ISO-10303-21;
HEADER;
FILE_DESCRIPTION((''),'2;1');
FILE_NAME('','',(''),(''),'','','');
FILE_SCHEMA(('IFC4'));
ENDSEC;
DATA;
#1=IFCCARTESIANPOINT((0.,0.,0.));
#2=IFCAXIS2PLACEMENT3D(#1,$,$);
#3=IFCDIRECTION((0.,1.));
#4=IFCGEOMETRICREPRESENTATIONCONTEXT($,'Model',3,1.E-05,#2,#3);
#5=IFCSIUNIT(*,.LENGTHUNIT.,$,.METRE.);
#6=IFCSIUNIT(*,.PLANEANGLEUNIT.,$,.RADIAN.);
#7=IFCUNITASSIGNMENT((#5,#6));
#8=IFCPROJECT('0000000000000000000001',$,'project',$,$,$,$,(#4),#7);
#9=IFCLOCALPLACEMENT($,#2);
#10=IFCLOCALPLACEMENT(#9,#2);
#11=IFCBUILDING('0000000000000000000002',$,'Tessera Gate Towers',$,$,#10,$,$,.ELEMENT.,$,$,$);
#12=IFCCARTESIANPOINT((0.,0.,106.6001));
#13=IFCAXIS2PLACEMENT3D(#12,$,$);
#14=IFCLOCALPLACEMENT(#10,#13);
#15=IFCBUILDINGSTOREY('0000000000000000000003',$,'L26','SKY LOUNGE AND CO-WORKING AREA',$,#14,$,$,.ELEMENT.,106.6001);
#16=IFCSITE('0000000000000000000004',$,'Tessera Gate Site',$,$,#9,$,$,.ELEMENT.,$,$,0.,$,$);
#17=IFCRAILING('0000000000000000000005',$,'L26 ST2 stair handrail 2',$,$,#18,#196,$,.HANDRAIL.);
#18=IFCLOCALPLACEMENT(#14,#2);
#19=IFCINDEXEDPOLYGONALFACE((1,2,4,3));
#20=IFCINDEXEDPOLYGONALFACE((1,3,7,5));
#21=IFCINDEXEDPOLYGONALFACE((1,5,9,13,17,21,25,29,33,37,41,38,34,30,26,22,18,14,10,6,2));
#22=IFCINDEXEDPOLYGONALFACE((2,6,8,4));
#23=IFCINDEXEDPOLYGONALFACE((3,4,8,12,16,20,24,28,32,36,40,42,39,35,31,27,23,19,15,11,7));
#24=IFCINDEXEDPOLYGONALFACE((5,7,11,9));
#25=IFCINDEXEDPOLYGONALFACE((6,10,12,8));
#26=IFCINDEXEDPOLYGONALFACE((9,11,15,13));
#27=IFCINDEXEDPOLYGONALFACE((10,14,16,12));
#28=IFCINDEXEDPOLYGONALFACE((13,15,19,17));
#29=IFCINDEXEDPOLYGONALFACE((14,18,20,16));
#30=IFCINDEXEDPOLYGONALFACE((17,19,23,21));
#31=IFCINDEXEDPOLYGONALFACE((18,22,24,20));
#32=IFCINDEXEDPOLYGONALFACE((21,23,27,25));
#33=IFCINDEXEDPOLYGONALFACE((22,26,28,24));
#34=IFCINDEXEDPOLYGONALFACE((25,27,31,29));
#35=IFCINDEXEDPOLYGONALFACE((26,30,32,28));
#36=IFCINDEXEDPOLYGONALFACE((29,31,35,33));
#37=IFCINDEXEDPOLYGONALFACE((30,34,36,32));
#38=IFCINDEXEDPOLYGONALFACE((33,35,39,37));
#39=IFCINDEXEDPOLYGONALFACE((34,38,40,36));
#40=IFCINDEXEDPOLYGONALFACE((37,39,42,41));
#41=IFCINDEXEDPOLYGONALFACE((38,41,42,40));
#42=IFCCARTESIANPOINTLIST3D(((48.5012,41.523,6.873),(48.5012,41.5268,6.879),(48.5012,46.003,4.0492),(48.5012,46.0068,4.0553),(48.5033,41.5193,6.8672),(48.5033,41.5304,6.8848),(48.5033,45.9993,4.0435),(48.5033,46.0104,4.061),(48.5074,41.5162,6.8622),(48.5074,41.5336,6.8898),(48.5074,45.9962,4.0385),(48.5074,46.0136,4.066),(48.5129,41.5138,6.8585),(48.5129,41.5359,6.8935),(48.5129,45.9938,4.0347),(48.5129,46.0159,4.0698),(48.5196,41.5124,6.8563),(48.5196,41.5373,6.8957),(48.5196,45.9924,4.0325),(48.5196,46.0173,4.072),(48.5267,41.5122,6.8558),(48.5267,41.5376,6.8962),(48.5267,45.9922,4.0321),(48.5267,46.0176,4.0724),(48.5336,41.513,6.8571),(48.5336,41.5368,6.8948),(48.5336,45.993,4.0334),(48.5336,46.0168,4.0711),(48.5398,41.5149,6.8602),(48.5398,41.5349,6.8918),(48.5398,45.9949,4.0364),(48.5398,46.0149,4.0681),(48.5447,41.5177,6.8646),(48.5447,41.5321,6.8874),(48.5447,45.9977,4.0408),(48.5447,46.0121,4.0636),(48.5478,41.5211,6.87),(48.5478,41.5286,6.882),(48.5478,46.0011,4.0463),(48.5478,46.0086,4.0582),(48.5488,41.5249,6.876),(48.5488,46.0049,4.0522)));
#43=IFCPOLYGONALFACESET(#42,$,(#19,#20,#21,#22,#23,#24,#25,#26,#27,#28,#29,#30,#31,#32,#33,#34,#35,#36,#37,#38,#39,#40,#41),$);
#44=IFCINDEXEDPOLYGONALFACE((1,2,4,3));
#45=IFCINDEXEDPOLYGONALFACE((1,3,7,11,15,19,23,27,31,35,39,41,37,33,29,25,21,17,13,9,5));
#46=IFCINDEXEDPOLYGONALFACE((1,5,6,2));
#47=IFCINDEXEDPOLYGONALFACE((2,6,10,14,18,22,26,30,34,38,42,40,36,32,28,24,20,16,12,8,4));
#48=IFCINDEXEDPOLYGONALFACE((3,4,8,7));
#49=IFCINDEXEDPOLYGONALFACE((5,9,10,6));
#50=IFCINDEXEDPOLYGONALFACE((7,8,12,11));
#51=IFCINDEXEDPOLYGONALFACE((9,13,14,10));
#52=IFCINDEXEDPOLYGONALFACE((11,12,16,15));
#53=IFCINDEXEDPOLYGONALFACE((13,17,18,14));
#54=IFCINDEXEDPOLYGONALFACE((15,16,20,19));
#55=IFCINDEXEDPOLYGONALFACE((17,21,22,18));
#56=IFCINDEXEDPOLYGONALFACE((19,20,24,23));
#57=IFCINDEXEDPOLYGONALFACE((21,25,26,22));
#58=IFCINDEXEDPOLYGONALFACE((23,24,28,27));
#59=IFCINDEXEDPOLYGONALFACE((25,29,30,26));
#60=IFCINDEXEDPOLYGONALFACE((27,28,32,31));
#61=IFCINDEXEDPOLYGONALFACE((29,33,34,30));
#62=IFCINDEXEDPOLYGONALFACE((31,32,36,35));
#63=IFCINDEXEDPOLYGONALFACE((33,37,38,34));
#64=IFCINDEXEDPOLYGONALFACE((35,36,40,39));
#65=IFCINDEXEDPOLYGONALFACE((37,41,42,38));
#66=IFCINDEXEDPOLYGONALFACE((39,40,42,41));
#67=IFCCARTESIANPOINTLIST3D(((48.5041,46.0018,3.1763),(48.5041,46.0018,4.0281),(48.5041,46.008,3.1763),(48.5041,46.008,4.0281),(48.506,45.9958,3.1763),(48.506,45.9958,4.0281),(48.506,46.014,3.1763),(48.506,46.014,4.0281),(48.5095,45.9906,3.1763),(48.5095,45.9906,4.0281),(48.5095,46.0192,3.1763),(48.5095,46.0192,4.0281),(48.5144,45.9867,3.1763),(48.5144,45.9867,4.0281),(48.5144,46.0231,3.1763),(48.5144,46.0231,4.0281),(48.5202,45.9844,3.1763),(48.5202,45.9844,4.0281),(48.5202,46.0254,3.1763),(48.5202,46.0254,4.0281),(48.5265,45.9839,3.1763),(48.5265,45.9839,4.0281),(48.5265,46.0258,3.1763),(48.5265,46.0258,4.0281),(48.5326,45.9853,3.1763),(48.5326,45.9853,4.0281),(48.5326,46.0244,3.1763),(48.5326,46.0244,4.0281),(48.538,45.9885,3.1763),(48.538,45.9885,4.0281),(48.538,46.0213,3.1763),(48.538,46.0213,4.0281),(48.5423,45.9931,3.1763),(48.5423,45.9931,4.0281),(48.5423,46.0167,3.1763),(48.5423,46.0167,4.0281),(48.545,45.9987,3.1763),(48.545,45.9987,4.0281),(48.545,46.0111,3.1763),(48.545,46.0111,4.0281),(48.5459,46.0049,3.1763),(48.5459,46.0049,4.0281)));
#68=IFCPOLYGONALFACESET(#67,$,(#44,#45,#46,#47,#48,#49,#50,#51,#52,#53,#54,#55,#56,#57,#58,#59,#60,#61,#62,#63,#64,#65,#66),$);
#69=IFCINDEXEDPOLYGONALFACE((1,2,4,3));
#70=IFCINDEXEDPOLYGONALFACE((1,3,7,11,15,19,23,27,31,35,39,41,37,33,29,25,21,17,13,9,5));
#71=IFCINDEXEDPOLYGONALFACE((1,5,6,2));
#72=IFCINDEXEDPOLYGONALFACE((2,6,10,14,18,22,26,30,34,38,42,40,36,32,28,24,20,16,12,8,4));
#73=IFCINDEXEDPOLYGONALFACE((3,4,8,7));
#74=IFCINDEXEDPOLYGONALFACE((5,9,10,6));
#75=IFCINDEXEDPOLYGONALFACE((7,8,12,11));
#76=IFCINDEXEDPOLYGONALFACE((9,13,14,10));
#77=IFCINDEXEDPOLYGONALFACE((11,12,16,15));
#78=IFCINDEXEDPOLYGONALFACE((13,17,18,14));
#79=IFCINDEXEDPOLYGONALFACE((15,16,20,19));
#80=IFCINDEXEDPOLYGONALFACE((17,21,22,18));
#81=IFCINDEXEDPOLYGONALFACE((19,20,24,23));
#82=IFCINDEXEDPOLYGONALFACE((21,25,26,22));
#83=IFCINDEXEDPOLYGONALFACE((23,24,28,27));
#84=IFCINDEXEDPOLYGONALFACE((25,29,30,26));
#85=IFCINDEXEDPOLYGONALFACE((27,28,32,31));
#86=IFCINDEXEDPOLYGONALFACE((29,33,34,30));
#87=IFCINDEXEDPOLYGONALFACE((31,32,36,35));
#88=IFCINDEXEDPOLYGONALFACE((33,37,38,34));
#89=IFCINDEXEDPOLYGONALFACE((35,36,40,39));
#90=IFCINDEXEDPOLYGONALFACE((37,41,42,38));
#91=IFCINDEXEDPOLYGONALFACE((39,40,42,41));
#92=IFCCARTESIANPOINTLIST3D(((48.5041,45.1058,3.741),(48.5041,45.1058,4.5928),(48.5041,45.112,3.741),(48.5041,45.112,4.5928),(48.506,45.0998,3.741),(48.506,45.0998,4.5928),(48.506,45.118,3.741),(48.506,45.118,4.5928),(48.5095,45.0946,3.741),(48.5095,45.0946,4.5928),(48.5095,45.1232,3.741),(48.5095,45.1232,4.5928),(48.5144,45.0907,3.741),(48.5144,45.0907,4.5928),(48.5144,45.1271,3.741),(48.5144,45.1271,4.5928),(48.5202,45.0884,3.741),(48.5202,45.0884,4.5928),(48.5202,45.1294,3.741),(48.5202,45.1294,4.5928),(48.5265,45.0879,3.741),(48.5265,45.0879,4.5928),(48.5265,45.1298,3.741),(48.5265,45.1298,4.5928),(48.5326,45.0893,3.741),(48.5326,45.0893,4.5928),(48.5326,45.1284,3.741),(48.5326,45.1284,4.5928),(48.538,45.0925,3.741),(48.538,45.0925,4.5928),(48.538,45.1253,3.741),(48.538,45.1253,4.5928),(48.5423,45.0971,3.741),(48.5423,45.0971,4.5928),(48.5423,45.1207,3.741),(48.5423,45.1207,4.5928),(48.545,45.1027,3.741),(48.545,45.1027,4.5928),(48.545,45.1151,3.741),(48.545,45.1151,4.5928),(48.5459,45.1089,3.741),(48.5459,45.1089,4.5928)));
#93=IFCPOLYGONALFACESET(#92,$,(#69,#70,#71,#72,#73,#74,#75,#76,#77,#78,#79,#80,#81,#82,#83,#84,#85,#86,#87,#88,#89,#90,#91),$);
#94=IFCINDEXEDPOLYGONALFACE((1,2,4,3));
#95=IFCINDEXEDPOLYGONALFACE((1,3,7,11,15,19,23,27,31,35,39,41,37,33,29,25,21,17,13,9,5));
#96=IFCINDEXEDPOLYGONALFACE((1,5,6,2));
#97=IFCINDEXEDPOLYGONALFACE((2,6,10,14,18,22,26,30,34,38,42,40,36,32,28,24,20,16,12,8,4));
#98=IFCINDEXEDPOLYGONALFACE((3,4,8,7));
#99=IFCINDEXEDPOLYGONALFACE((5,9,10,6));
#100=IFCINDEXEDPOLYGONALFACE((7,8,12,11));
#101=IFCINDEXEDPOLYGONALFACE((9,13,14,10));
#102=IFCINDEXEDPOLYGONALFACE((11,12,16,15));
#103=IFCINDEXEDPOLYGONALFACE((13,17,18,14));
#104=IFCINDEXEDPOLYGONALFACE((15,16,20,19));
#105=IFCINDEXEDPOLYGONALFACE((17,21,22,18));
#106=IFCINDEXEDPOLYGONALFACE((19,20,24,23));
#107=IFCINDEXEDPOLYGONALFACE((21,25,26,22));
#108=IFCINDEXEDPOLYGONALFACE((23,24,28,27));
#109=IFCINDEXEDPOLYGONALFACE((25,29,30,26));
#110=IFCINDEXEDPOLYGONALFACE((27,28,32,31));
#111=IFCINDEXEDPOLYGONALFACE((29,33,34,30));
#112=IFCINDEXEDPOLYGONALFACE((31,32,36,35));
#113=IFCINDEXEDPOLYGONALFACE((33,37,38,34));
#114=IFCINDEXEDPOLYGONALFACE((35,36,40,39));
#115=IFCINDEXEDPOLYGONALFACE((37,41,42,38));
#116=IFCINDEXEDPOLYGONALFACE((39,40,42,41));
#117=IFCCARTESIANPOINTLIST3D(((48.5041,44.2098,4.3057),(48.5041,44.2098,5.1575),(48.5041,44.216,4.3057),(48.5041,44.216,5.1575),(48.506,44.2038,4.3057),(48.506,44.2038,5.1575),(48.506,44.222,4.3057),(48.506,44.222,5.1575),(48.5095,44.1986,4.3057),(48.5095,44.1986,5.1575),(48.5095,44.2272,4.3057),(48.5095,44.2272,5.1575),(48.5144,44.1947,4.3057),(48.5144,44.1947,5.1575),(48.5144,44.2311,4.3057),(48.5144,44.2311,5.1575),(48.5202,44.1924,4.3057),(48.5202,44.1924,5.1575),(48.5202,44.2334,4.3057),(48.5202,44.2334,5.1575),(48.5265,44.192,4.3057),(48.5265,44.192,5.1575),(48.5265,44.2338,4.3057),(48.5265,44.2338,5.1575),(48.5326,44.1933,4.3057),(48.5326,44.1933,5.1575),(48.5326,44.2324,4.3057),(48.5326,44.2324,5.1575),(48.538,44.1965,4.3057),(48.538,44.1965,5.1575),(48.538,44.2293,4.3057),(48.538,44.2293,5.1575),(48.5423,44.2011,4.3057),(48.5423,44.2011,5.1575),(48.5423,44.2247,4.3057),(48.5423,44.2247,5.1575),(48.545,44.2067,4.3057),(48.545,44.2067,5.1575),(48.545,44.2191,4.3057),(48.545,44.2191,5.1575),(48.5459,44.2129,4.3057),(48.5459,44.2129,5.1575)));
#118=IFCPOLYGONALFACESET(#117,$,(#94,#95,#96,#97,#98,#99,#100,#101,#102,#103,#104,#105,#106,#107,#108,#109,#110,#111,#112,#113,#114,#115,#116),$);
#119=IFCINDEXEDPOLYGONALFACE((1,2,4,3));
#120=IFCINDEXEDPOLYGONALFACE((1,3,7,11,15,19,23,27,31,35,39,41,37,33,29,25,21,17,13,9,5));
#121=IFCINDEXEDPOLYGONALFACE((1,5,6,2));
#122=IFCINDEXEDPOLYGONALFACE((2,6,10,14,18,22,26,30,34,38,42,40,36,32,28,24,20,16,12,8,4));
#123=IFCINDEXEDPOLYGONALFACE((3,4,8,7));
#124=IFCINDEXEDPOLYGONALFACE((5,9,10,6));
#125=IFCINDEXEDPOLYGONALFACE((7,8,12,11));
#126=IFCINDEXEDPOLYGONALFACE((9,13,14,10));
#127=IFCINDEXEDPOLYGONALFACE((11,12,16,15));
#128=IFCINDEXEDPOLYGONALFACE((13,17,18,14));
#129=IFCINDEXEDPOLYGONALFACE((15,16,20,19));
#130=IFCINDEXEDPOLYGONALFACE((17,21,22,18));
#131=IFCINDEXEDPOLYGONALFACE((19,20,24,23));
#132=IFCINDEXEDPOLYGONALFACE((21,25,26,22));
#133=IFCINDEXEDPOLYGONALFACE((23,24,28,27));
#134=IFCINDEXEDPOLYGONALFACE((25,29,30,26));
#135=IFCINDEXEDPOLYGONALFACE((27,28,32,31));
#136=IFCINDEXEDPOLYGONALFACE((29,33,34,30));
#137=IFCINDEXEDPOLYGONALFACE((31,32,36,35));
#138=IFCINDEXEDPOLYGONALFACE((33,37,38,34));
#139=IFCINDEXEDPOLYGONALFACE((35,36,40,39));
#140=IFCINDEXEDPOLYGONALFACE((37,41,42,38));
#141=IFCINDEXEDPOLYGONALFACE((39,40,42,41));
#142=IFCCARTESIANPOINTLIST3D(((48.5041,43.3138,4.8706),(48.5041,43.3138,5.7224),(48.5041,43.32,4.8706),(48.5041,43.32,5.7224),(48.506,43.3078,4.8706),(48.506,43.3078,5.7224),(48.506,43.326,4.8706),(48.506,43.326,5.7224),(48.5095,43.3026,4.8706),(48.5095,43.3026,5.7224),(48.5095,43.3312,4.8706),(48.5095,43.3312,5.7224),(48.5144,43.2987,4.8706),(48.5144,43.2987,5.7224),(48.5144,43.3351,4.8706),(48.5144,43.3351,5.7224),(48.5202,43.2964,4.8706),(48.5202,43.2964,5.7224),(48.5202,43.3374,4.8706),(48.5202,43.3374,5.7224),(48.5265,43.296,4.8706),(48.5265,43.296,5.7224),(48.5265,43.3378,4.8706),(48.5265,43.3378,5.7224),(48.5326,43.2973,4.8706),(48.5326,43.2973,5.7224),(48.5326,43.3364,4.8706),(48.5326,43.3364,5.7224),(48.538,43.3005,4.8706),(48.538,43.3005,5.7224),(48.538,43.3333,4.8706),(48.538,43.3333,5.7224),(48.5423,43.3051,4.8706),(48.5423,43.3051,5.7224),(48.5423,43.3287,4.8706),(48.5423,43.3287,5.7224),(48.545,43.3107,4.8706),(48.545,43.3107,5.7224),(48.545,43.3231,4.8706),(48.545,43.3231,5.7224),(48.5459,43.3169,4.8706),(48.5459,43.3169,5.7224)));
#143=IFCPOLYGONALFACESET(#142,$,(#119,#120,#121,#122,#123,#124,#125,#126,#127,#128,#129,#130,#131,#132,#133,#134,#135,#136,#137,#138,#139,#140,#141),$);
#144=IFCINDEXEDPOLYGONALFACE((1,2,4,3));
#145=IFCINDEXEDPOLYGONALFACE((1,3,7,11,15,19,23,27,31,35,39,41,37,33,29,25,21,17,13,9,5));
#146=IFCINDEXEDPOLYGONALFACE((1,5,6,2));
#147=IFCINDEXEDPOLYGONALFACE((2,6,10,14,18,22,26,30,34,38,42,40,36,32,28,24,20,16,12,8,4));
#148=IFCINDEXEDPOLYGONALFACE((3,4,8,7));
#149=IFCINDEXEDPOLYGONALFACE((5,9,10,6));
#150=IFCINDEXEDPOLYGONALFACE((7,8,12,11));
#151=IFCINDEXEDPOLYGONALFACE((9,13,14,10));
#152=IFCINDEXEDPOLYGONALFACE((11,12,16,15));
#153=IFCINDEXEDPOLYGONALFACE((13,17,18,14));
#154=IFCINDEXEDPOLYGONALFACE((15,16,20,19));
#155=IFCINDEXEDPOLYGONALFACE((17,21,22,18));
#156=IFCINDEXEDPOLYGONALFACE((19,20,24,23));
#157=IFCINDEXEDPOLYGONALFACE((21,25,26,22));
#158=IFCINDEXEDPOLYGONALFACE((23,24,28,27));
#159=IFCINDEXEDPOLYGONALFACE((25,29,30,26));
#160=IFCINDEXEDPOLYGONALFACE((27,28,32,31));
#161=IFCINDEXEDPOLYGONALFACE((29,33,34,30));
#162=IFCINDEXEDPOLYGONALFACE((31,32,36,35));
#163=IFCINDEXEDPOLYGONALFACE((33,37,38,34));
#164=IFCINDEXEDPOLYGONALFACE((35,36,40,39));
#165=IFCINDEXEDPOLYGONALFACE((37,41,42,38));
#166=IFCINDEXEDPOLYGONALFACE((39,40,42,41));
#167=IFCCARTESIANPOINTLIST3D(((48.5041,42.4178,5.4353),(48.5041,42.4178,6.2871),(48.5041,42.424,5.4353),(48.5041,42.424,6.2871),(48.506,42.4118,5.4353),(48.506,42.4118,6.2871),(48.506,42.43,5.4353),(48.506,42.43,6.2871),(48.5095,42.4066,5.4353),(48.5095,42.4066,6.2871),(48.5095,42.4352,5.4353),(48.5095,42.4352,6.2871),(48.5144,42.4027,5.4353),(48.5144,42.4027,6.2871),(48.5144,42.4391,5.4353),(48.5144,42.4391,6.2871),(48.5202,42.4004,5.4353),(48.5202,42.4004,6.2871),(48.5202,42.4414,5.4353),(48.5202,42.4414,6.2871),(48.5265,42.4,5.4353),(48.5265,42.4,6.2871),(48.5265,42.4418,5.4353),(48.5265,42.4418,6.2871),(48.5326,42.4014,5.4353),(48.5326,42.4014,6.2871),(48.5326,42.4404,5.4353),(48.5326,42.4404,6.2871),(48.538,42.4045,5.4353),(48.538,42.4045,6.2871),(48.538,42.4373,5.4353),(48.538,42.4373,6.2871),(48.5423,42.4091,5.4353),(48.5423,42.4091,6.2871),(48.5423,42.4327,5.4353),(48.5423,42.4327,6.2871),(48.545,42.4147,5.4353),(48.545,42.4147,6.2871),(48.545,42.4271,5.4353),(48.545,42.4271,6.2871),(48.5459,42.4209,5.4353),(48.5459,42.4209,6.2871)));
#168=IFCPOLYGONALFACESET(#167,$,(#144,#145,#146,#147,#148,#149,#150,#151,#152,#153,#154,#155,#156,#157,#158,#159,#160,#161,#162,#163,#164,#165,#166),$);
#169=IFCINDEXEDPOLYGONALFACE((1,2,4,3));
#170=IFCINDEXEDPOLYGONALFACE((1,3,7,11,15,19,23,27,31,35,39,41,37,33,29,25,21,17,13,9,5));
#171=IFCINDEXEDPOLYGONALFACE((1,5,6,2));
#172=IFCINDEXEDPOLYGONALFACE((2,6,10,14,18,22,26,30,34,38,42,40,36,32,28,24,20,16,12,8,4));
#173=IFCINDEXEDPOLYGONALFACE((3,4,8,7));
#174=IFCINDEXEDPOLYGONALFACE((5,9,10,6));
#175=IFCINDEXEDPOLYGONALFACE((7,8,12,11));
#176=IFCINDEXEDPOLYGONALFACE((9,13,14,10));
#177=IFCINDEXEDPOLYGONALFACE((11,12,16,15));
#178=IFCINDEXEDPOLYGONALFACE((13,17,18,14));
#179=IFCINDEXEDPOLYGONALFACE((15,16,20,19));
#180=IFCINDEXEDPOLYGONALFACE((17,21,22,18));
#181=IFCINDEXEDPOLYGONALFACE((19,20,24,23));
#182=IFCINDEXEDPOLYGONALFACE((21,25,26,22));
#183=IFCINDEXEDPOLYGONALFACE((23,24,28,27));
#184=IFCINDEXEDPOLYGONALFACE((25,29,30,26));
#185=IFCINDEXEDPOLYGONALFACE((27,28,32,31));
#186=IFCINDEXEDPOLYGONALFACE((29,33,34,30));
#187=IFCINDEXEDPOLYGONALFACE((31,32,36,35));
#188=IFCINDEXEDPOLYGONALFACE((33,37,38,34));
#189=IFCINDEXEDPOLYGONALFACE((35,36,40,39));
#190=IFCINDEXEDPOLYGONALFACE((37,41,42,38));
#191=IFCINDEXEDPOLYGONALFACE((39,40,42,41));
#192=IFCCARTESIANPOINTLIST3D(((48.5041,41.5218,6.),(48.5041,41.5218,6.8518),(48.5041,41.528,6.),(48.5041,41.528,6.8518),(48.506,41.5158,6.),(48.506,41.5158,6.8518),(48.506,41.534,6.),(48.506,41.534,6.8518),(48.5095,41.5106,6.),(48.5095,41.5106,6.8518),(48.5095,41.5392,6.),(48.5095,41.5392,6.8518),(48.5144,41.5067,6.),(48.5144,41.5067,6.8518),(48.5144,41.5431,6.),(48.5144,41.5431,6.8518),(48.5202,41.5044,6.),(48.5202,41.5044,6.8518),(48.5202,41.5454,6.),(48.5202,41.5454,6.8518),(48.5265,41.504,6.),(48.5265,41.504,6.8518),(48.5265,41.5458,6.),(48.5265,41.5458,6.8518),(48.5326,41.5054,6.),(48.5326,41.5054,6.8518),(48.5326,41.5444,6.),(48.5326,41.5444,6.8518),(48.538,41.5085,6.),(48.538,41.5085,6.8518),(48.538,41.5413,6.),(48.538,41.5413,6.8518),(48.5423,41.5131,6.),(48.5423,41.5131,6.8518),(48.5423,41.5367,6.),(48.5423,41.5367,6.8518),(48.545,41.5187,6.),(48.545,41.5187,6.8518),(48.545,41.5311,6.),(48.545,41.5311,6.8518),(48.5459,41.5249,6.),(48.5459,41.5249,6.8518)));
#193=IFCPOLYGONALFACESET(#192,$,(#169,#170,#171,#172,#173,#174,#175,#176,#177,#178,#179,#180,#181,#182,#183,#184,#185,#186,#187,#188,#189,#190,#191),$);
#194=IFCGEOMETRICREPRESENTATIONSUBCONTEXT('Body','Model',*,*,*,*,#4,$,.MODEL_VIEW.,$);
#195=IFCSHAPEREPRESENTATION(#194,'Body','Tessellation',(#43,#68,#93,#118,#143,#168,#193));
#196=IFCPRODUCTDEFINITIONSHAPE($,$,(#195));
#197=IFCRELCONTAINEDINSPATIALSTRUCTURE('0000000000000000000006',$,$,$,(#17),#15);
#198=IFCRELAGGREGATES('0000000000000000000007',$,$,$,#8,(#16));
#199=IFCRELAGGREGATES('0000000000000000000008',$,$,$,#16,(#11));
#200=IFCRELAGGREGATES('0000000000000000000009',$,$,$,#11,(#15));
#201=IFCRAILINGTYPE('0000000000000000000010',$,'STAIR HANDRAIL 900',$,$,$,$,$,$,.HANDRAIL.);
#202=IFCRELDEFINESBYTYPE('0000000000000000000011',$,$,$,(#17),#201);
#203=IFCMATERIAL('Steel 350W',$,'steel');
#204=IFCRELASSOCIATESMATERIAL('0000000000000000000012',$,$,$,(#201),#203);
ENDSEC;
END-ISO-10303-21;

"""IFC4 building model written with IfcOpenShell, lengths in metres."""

from ifc_helpers import new_model, si_unit, direction, frame, origin, origin_2d, place, context, subcontext, project, spatial, circle, extrude, material, type_object, element, save


model = new_model("IFC4")

# Units and contexts
model_context = context("Model", 3, precision=1e-05, world=origin(), true_north=direction((0.0, 1.0)))
body_context = subcontext(model_context, "Body", "Model", "MODEL_VIEW")
ifc_project = project(units=[si_unit("LENGTHUNIT", "METRE"), si_unit("PLANEANGLEUNIT", "RADIAN")], contexts=[model_context])

# Site, building, storey
site_placement = place(None, origin())
site = spatial("IfcSite", under=ifc_project, at=site_placement, Name="Tessera Gate Site", CompositionType="ELEMENT", RefElevation=0.0)
building_placement = place(site_placement, origin())
building = spatial("IfcBuilding", under=site, at=building_placement, Name="Tessera Gate Towers", CompositionType="ELEMENT")
storey_placement = place(building_placement, frame((0.0, 0.0, 106.6001)))
storey = spatial("IfcBuildingStorey", under=building, at=storey_placement, Name="L26", Description="SKY LOUNGE AND CO-WORKING AREA", CompositionType="ELEMENT", Elevation=106.6001)

# Railing
ifc_material_1 = material(Name="Steel 350W", Category="steel")
railing_type = type_object("IfcRailingType", Name="STAIR HANDRAIL 900", PredefinedType="HANDRAIL", material=ifc_material_1)
railing_placement = place(storey_placement, frame((48.5249, 46.0049, 3.1763)))
element("IfcRailing", 1, at=railing_placement, inside=storey, type_object=railing_type, Name="L26 ST2 stair handrail 2", PredefinedType="HANDRAIL", context=body_context, shape_type="SweptSolid", body=[
    extrude(circle(Radius=0.0239, at=origin_2d()), frame((0.0, 0.0, 0.876), z_axis=(0.0, -0.845977, 0.533219), x_axis=(1.0, 0.0, 0.0)), (0.0, 0.0, 1.0), 5.2957),
    extrude(circle(Radius=0.021, at=origin_2d()), origin(), (0.0, 0.0, 1.0), 0.8518),
    extrude(circle(Radius=0.021, at=origin_2d()), frame((0.0, -0.896, 0.5647)), (0.0, 0.0, 1.0), 0.8518),
    extrude(circle(Radius=0.021, at=origin_2d()), frame((0.0, -1.792, 1.1294)), (0.0, 0.0, 1.0), 0.8518),
    extrude(circle(Radius=0.021, at=origin_2d()), frame((0.0, -2.688, 1.6943)), (0.0, 0.0, 1.0), 0.8518),
    extrude(circle(Radius=0.021, at=origin_2d()), frame((0.0, -3.584, 2.259)), (0.0, 0.0, 1.0), 0.8518),
    extrude(circle(Radius=0.021, at=origin_2d()), frame((0.0, -4.48, 2.8237)), (0.0, 0.0, 1.0), 0.8518),
])

save(model, "model.ifc")
